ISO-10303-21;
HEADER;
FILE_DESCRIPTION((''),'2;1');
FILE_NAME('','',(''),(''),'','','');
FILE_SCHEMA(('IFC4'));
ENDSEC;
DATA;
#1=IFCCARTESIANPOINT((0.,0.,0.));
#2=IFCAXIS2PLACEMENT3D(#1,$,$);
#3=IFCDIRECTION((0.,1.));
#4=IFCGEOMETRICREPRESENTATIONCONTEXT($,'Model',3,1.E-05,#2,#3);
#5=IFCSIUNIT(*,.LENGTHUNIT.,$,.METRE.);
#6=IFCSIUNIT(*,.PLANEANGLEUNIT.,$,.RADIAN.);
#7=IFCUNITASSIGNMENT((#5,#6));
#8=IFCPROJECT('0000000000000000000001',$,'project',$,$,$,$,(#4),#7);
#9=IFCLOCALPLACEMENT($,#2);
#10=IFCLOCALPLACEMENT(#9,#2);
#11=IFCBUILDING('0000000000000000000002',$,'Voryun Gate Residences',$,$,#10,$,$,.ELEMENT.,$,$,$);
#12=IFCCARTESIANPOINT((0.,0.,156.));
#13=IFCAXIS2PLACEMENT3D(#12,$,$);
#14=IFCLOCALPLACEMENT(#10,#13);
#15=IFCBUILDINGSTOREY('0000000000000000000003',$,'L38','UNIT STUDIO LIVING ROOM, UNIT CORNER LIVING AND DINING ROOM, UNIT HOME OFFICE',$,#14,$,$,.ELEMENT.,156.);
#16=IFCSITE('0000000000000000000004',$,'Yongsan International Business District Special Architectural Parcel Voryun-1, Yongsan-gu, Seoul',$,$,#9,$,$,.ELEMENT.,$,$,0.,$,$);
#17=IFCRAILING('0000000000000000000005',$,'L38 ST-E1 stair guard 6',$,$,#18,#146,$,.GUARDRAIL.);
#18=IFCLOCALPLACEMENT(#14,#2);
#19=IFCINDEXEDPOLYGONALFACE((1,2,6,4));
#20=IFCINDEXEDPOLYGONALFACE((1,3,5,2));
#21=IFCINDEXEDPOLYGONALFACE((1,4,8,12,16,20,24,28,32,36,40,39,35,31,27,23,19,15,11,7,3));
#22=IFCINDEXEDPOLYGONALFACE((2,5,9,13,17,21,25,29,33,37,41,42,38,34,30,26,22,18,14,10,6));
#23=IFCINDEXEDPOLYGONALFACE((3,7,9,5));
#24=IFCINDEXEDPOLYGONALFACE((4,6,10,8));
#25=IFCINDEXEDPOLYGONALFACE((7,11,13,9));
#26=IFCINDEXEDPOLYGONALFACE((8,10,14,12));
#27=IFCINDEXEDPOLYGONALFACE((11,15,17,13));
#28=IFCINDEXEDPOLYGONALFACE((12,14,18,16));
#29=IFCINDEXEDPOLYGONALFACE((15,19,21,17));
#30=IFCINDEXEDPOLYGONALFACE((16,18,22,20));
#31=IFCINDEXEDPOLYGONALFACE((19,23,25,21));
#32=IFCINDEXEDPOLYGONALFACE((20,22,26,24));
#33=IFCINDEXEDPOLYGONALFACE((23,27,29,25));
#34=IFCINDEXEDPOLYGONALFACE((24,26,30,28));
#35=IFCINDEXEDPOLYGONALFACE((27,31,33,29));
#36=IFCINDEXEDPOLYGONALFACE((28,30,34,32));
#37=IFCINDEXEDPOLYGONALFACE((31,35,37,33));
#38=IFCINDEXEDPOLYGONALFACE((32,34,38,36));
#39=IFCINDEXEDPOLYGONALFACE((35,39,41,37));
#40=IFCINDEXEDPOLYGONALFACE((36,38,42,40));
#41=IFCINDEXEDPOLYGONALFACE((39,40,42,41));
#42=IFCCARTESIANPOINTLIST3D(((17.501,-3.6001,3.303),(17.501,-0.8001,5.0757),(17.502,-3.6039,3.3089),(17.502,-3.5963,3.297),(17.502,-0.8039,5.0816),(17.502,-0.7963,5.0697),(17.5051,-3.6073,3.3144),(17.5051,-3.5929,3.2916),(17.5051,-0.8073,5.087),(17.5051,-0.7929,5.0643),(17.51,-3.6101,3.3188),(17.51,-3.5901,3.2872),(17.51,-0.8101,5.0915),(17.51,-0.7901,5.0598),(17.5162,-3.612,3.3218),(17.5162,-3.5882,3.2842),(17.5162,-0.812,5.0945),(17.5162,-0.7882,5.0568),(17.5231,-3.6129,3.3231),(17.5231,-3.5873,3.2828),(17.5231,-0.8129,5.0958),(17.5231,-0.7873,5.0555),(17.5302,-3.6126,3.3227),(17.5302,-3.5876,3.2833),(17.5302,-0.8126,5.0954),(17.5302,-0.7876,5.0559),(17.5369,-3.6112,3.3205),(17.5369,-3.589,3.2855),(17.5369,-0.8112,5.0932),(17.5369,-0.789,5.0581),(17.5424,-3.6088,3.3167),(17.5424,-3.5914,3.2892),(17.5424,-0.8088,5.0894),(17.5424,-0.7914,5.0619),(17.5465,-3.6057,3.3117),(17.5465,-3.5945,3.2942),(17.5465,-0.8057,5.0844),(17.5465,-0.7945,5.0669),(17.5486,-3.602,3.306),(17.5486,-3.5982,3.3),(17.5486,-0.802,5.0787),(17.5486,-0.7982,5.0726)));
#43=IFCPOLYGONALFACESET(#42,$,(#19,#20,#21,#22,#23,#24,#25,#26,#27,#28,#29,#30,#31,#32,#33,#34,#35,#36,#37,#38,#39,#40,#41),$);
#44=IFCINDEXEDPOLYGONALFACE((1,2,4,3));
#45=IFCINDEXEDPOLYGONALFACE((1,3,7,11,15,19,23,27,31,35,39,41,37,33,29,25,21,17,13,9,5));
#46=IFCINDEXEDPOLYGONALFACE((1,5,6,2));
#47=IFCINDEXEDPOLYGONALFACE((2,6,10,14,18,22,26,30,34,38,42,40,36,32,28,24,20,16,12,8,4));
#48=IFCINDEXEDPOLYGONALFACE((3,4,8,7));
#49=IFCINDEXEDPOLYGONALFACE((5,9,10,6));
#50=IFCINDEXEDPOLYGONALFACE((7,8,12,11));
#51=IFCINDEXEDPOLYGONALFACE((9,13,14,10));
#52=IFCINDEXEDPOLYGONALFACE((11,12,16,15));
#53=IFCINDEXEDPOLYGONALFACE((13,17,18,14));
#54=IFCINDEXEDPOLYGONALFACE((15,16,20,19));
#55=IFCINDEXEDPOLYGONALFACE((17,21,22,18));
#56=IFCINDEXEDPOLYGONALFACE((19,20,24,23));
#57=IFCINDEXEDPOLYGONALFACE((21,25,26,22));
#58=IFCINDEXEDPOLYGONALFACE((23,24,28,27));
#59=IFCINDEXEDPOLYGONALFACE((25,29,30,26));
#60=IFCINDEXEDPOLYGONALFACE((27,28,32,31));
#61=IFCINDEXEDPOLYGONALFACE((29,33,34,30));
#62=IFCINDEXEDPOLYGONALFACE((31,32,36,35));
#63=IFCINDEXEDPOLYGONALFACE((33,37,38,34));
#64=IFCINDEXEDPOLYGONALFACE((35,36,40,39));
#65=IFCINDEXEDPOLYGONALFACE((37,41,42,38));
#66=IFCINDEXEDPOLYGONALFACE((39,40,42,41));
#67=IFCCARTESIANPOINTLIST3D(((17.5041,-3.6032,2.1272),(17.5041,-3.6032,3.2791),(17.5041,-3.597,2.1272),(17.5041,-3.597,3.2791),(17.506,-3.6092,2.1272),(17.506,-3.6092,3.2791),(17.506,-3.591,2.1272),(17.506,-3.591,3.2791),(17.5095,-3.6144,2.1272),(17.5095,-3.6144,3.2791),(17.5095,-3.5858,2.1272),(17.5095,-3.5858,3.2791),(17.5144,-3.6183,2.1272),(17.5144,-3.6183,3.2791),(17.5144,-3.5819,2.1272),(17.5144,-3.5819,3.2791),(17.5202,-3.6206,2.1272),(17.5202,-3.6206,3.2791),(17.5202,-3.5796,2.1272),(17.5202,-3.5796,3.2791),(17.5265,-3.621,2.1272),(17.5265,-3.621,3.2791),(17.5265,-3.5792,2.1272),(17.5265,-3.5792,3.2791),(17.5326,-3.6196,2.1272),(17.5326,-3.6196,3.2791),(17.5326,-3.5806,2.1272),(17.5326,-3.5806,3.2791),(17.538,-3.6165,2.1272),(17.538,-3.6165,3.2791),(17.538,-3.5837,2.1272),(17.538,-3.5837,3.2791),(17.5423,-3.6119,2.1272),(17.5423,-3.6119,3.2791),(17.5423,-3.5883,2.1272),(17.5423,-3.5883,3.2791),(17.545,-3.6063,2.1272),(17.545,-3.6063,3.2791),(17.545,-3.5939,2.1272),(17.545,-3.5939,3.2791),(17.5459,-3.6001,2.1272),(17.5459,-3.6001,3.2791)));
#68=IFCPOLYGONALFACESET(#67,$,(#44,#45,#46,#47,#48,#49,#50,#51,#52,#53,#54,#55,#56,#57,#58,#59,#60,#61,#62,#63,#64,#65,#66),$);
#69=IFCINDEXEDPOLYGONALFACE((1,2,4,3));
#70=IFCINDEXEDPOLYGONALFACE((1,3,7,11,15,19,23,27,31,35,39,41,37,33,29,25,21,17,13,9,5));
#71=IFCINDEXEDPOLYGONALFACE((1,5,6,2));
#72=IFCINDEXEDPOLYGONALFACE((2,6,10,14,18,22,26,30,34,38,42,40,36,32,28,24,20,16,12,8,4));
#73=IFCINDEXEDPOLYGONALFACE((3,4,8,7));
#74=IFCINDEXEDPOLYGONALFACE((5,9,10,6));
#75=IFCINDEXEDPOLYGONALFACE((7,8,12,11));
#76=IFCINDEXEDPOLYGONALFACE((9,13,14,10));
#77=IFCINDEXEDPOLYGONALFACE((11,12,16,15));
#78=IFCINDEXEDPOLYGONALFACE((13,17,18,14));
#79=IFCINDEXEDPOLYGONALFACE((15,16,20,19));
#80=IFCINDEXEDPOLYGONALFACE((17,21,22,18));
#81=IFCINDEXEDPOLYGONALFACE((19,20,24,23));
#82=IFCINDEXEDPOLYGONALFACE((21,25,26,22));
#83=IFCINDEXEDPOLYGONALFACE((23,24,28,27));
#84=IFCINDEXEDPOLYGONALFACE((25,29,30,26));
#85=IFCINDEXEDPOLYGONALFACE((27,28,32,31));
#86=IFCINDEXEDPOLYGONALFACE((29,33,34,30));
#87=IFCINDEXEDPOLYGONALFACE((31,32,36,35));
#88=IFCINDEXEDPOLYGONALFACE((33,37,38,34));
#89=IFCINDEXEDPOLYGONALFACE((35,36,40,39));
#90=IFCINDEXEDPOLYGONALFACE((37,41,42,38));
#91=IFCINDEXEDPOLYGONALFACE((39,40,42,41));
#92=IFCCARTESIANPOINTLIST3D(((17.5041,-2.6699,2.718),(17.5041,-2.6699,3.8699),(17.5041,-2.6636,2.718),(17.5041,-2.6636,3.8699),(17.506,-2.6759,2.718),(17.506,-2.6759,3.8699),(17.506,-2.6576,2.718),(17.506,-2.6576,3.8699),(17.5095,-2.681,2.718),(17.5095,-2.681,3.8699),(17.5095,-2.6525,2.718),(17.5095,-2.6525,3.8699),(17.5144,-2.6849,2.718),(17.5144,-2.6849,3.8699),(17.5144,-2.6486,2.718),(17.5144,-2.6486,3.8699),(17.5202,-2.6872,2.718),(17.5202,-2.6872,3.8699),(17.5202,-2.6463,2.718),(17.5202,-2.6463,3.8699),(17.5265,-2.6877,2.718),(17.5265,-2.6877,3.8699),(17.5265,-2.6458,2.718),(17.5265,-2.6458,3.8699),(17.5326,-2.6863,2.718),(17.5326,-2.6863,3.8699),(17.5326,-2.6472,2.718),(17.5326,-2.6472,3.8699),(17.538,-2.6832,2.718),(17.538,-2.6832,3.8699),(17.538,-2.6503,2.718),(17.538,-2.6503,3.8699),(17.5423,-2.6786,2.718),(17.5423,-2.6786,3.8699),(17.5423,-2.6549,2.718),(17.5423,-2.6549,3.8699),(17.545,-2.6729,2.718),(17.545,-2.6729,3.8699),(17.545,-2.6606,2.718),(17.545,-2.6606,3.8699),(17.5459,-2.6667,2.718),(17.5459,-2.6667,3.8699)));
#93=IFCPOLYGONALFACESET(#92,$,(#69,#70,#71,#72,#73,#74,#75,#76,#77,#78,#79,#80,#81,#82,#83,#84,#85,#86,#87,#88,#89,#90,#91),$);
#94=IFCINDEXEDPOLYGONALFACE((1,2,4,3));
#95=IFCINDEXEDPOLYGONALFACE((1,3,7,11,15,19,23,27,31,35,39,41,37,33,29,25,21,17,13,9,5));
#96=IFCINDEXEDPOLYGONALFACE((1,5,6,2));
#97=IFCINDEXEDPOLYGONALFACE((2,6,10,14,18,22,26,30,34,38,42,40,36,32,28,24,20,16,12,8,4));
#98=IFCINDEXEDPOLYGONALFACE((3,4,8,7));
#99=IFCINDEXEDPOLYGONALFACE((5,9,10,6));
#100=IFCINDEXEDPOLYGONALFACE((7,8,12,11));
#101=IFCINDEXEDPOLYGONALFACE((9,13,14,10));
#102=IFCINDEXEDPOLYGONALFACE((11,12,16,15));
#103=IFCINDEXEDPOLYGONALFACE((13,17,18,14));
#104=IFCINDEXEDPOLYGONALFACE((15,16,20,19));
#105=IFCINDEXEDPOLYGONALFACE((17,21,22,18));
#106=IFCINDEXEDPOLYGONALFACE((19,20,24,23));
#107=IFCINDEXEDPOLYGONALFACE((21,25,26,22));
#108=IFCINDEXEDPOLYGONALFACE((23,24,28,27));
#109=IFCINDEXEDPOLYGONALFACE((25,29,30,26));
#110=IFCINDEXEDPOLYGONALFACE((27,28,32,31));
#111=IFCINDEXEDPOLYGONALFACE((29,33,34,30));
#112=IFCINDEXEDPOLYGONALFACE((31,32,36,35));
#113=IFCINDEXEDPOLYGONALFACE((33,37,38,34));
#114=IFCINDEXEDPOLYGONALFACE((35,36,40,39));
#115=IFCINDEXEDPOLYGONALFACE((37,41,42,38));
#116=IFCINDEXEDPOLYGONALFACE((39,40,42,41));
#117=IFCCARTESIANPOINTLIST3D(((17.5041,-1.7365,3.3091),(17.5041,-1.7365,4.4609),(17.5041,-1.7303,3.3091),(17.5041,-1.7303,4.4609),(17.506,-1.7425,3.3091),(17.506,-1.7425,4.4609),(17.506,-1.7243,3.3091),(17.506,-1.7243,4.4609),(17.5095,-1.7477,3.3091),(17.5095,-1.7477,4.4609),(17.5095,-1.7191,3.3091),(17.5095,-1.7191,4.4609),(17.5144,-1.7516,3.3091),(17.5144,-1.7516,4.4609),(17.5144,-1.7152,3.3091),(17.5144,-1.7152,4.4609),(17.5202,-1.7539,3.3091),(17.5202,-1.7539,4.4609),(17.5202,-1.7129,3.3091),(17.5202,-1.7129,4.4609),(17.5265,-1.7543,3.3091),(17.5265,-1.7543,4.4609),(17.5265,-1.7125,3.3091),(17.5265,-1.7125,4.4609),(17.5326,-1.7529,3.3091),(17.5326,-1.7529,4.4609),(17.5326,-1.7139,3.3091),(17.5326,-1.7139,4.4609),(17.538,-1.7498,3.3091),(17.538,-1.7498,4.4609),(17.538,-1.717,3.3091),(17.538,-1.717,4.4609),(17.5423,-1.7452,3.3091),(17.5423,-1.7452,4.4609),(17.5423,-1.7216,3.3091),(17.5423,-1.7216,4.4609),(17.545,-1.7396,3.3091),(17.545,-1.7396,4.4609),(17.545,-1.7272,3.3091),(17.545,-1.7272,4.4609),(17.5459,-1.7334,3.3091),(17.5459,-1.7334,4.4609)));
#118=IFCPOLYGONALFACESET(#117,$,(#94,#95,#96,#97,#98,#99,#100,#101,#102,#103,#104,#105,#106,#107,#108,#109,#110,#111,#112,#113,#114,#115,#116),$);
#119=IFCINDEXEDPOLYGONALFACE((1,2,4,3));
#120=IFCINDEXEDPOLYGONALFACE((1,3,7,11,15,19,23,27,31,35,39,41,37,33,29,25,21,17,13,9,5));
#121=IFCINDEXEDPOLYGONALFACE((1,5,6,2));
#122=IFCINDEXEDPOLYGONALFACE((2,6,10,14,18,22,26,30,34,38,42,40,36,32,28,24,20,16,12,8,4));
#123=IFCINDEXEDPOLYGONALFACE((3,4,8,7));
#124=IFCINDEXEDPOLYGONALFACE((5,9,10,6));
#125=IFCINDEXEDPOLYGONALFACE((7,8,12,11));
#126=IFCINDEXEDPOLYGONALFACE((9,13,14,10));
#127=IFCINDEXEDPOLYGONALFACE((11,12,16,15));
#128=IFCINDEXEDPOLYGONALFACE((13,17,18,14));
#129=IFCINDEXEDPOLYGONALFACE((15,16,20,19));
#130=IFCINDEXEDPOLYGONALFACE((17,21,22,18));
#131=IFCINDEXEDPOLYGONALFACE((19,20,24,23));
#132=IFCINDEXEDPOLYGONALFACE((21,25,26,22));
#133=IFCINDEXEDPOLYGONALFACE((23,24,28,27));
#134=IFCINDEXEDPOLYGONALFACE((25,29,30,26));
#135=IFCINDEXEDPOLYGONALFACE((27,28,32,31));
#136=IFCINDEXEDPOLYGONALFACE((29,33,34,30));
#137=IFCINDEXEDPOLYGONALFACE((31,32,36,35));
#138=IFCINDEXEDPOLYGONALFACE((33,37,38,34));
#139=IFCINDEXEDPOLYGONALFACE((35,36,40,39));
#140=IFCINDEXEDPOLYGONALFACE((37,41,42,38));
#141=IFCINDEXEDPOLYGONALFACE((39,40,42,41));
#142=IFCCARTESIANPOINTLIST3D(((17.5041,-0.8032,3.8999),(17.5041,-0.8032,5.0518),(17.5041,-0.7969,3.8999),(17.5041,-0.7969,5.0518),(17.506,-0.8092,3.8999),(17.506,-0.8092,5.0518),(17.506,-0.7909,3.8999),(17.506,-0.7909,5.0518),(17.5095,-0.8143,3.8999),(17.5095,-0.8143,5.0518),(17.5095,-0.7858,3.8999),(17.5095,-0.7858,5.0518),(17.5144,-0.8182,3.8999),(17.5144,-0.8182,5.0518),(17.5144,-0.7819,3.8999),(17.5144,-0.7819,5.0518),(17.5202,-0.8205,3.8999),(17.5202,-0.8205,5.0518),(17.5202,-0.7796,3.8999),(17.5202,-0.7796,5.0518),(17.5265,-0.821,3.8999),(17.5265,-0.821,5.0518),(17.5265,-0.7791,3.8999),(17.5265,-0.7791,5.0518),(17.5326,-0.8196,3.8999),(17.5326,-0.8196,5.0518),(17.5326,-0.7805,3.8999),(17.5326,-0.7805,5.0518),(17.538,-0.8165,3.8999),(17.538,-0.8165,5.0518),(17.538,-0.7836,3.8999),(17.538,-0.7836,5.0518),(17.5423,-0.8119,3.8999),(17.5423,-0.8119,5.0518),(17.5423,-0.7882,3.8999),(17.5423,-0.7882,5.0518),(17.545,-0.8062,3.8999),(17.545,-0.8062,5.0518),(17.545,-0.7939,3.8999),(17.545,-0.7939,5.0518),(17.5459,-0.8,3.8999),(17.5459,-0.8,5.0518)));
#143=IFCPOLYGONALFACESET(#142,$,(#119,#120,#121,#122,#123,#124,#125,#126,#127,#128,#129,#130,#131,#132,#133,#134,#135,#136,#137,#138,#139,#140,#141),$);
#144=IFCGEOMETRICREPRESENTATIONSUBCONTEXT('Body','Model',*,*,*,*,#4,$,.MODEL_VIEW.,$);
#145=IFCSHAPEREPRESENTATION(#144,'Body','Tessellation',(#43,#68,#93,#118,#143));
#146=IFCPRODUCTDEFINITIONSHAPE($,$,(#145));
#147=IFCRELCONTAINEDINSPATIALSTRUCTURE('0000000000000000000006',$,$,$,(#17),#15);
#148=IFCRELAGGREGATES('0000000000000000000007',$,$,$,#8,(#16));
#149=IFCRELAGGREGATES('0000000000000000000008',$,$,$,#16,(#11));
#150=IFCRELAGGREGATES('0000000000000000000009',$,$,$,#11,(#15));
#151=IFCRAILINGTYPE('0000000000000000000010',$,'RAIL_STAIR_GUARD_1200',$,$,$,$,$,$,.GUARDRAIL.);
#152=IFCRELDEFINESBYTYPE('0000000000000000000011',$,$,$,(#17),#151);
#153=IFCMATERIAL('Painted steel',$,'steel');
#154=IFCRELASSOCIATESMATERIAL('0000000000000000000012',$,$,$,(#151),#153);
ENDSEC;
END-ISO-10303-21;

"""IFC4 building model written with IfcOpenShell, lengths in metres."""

from ifc_helpers import new_model, si_unit, direction, frame, origin, origin_2d, place, context, subcontext, project, spatial, circle, extrude, material, type_object, element, save


model = new_model("IFC4")

# Units and contexts
model_context = context("Model", 3, precision=1e-05, world=origin(), true_north=direction((0.0, 1.0)))
body_context = subcontext(model_context, "Body", "Model", "MODEL_VIEW")
ifc_project = project(units=[si_unit("LENGTHUNIT", "METRE"), si_unit("PLANEANGLEUNIT", "RADIAN")], contexts=[model_context])

# Site, building, storey
site_placement = place(None, origin())
site = spatial("IfcSite", under=ifc_project, at=site_placement, Name="Yongsan International Business District Special Architectural Parcel Voryun-1, Yongsan-gu, Seoul", CompositionType="ELEMENT", RefElevation=0.0)
building_placement = place(site_placement, origin())
building = spatial("IfcBuilding", under=site, at=building_placement, Name="Voryun Gate Residences", CompositionType="ELEMENT")
storey_placement = place(building_placement, frame((0.0, 0.0, 156.0)))
storey = spatial("IfcBuildingStorey", under=building, at=storey_placement, Name="L38", Description="UNIT STUDIO LIVING ROOM, UNIT CORNER LIVING AND DINING ROOM, UNIT HOME OFFICE", CompositionType="ELEMENT", Elevation=156.0)

# Railing
ifc_material_1 = material(Name="Painted steel", Category="steel")
railing_type_1 = type_object("IfcRailingType", Name="RAIL_STAIR_GUARD_1200", PredefinedType="GUARDRAIL", material=ifc_material_1)
railing_1_placement = place(storey_placement, frame((17.5249, -3.6001, 2.1272)))
element("IfcRailing", 1, at=railing_1_placement, inside=storey, type_object=railing_type_1, Name="L38 ST-E1 stair guard 6", PredefinedType="GUARDRAIL", context=body_context, shape_type="SweptSolid", body=[
    extrude(circle(Radius=0.0239, at=origin_2d()), frame((0.0, 0.0, 1.1758), z_axis=(0.0, 0.844909, 0.53491), x_axis=(-1.0, 0.0, 0.0)), (0.0, 0.0, 1.0), 3.314),
    extrude(circle(Radius=0.021, at=origin_2d()), origin(), (0.0, 0.0, 1.0), 1.1519),
    extrude(circle(Radius=0.021, at=origin_2d()), frame((0.0, 0.9333, 0.5908)), (0.0, 0.0, 1.0), 1.1519),
    extrude(circle(Radius=0.021, at=origin_2d()), frame((0.0, 1.8667, 1.1819)), (0.0, 0.0, 1.0), 1.1519),
    extrude(circle(Radius=0.021, at=origin_2d()), frame((0.0, 2.8, 1.7727)), (0.0, 0.0, 1.0), 1.1519),
])

save(model, "model.ifc")
